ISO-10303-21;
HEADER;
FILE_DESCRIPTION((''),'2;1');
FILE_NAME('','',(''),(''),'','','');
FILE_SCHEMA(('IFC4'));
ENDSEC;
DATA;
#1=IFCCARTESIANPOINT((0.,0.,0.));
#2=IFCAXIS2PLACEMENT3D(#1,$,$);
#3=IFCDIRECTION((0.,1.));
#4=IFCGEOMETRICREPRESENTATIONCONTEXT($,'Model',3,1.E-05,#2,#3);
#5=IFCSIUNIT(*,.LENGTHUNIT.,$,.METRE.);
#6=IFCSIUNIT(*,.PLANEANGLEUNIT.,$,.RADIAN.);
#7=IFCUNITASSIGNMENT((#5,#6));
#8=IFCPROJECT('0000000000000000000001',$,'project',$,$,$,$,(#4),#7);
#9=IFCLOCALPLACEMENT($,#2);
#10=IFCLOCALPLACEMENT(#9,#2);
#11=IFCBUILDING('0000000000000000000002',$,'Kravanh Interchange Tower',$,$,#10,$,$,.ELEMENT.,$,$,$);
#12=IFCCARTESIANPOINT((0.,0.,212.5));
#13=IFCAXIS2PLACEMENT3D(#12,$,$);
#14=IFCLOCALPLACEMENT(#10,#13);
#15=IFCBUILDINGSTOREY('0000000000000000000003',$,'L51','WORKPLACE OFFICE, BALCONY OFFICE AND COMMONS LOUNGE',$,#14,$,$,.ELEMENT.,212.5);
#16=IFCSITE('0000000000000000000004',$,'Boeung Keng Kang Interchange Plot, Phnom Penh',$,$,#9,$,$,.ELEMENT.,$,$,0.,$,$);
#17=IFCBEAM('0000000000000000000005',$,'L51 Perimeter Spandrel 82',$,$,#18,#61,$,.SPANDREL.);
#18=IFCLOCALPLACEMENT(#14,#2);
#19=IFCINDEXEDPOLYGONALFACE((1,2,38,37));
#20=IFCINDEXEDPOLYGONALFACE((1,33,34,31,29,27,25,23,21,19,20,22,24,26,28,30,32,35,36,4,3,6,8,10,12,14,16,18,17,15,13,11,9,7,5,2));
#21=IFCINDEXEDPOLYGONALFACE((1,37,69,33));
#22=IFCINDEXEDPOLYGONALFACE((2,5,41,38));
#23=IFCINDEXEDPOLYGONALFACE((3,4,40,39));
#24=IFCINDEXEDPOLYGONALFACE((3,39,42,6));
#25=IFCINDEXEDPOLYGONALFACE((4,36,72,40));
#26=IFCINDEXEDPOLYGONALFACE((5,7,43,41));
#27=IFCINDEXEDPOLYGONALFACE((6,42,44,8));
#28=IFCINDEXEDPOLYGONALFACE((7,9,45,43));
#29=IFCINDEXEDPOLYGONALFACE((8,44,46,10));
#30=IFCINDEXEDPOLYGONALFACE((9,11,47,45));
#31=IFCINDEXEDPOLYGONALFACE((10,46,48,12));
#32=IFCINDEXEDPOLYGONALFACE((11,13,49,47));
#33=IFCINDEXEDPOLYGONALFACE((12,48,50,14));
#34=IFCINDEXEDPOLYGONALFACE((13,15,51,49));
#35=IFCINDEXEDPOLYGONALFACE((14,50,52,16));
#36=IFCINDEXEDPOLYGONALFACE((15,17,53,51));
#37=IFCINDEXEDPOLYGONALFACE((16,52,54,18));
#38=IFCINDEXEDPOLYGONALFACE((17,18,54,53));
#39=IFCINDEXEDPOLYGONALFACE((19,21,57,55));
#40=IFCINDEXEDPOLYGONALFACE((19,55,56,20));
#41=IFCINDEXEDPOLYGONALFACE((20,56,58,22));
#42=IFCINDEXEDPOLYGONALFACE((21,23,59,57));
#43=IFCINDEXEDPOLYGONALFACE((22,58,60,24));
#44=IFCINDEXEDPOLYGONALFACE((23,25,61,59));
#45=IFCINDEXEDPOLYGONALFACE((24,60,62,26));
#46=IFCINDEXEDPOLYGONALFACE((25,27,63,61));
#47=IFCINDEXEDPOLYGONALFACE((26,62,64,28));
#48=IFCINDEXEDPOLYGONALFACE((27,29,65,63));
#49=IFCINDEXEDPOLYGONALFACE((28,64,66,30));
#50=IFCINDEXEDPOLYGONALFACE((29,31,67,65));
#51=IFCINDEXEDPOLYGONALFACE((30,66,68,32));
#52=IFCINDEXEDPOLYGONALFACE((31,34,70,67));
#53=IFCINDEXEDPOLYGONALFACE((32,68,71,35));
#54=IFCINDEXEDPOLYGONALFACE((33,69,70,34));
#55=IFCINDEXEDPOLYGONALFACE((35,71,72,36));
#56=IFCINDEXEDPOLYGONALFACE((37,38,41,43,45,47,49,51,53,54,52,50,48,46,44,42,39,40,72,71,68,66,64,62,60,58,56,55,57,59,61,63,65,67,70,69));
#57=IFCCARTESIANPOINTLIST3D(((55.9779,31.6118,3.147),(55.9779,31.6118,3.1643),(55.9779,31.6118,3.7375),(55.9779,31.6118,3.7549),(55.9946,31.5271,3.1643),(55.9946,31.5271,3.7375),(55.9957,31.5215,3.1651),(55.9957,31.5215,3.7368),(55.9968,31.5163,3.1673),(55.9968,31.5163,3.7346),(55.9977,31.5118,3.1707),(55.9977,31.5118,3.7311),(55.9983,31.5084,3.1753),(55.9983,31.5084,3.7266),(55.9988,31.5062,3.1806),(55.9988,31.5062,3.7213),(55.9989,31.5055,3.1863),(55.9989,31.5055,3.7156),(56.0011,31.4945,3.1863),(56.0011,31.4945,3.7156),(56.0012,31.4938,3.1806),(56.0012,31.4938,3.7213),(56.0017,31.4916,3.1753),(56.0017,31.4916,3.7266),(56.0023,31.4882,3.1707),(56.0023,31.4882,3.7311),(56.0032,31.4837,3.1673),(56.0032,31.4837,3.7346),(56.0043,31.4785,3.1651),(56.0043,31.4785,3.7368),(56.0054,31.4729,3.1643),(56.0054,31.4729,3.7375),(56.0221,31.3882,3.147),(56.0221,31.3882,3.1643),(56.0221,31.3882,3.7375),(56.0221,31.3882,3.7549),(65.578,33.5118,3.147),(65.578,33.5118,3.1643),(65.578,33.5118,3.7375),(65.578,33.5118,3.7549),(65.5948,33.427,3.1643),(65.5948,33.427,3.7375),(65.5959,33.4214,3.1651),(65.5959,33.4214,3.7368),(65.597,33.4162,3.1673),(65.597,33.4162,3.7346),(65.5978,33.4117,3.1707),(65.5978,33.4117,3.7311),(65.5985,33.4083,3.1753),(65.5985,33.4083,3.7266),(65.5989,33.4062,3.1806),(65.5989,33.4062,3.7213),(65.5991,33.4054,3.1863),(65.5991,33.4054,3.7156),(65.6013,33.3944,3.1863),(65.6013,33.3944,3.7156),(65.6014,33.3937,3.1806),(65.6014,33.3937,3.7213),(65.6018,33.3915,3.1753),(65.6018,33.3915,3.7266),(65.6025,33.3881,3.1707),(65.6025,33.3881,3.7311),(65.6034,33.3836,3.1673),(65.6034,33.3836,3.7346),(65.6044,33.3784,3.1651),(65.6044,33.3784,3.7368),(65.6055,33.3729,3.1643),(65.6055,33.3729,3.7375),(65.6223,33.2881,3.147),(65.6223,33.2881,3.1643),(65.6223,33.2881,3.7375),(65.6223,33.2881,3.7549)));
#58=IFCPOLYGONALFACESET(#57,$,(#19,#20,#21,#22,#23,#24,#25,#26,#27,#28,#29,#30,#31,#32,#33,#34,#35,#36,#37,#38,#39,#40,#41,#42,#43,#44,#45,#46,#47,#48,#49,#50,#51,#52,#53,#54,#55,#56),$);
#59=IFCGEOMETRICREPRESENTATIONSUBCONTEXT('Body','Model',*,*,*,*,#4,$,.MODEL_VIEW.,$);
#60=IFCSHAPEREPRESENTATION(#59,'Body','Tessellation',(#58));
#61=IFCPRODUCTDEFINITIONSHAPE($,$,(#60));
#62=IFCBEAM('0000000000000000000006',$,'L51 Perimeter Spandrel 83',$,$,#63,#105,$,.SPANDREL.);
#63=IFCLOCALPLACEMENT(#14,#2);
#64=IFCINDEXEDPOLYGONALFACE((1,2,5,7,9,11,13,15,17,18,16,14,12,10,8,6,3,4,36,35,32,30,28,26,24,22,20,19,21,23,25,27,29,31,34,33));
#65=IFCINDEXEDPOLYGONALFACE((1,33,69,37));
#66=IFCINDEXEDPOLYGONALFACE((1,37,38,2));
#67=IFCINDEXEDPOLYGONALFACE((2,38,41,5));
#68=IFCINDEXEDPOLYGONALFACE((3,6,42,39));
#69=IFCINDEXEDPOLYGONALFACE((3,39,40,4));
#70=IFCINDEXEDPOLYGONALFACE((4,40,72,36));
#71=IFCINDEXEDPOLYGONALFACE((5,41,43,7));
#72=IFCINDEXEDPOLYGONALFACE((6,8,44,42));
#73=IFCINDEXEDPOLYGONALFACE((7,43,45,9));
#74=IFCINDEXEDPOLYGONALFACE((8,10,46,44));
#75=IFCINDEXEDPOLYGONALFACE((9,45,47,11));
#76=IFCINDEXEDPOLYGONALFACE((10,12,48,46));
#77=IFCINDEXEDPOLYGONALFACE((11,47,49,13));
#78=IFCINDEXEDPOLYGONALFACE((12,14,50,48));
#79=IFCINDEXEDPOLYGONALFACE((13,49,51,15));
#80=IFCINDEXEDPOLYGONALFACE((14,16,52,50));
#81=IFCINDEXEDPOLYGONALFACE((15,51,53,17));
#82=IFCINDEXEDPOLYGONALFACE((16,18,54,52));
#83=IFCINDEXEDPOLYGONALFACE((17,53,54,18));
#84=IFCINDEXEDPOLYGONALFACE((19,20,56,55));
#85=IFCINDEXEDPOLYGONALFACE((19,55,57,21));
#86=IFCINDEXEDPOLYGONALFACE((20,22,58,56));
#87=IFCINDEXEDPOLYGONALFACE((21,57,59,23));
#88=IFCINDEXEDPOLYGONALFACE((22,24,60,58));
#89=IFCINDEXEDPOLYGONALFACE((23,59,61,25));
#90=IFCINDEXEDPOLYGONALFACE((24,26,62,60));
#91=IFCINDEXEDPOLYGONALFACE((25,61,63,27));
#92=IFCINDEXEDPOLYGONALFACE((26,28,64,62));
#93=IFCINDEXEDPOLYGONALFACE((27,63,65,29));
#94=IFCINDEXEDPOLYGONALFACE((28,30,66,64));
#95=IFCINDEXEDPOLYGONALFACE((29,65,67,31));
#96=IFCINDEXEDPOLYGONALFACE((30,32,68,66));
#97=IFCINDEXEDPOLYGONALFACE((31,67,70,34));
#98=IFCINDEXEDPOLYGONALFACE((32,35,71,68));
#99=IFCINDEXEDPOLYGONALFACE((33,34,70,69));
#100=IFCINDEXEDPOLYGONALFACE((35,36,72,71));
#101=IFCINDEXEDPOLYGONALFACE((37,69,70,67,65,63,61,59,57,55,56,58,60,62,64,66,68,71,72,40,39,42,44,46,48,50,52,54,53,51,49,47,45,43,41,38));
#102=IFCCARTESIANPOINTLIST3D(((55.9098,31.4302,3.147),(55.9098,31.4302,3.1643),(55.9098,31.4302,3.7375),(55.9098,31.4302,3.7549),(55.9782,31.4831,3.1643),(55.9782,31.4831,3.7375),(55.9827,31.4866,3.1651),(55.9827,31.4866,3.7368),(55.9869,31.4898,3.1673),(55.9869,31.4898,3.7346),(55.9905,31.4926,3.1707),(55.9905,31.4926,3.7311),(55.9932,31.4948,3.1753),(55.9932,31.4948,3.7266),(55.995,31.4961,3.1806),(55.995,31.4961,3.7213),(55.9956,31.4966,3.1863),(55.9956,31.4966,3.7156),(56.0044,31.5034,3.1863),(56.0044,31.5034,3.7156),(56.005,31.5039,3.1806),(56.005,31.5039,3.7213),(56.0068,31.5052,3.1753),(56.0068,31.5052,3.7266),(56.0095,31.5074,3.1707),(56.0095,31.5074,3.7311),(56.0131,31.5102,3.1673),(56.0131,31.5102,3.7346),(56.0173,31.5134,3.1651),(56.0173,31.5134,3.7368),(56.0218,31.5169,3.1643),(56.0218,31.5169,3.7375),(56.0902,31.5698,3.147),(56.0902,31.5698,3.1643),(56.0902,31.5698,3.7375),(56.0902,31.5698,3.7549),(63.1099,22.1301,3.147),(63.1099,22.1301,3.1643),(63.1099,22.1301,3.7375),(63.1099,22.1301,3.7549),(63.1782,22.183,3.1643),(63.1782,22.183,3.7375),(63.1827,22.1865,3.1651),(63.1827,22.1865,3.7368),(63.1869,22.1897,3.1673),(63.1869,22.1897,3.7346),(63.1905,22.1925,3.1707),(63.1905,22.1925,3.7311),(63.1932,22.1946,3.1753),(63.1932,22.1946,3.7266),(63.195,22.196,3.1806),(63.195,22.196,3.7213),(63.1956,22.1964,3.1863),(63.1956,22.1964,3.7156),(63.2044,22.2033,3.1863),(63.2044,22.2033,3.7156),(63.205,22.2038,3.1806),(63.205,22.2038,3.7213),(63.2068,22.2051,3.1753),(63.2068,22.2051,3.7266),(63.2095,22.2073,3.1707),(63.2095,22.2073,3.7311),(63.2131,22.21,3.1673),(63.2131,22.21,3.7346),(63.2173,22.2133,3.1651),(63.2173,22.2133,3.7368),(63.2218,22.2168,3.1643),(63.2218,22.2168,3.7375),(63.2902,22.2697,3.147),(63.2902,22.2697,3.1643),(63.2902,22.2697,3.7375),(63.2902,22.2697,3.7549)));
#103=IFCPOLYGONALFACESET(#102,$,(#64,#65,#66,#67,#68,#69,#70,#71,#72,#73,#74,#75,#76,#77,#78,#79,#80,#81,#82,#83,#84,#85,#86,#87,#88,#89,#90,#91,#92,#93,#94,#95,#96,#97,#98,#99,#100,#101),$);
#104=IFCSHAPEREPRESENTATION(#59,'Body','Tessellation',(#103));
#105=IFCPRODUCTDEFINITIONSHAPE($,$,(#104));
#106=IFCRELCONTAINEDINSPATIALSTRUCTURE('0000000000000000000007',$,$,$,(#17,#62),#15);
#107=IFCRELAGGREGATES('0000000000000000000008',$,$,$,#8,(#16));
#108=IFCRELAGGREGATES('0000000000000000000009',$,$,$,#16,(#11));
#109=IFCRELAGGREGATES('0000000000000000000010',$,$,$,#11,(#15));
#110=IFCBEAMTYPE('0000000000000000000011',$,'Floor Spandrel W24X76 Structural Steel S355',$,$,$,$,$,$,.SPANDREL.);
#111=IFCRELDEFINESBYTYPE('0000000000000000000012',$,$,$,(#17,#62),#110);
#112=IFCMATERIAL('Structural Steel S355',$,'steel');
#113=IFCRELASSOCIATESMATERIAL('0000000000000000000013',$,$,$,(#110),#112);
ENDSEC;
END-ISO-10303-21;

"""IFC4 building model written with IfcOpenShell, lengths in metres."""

from ifc_helpers import new_model, si_unit, direction, frame, origin, origin_2d, place, context, subcontext, project, spatial, i_section, extrude, material, material_profile, profile_set, type_object, element, save


model = new_model("IFC4")

# Units and contexts
model_context = context("Model", 3, precision=1e-05, world=origin(), true_north=direction((0.0, 1.0)))
body_context = subcontext(model_context, "Body", "Model", "MODEL_VIEW")
ifc_project = project(units=[si_unit("LENGTHUNIT", "METRE"), si_unit("PLANEANGLEUNIT", "RADIAN")], contexts=[model_context])

# Site, building, storey
site_placement = place(None, origin())
site = spatial("IfcSite", under=ifc_project, at=site_placement, Name="Boeung Keng Kang Interchange Plot, Phnom Penh", CompositionType="ELEMENT", RefElevation=0.0)
building_placement = place(site_placement, origin())
building = spatial("IfcBuilding", under=site, at=building_placement, Name="Kravanh Interchange Tower", CompositionType="ELEMENT")
storey_placement = place(building_placement, frame((0.0, 0.0, 212.5)))
storey = spatial("IfcBuildingStorey", under=building, at=storey_placement, Name="L51", Description="WORKPLACE OFFICE, BALCONY OFFICE AND COMMONS LOUNGE", CompositionType="ELEMENT", Elevation=212.5)

# Beams
ifc_material_1 = material(Name="Structural Steel S355", Category="steel")
ifc_material_profile_1 = material_profile(ifc_material_1, i_section(OverallWidth=0.228, OverallDepth=0.6079, WebThickness=0.0112, FlangeThickness=0.0173, FilletRadius=0.022, at=origin_2d()), Name="W24X76")
ifc_profile_set_1 = profile_set([ifc_material_profile_1], Name="Structural Steel S355")
beam_type_1 = type_object("IfcBeamType", Name="Floor Spandrel W24X76 Structural Steel S355", PredefinedType="SPANDREL", material=ifc_profile_set_1)
beam_1_placement = place(storey_placement, frame((56.0, 31.5, 3.4509), z_axis=(0.980974, 0.194139, 0.0), x_axis=(-0.194139, 0.980974, 0.0)))
element("IfcBeam", 1, at=beam_1_placement, inside=storey, type_object=beam_type_1, Name="L51 Perimeter Spandrel 82", PredefinedType="SPANDREL", context=body_context, shape_type="SweptSolid", body=[
    extrude(i_section(OverallWidth=0.228, OverallDepth=0.6079, WebThickness=0.0112, FlangeThickness=0.0173, FilletRadius=0.022, at=origin_2d()), origin(), (0.0, 0.0, 1.0), 9.7864),
])
beam_2_placement = place(storey_placement, frame((56.0, 31.5, 3.4509), z_axis=(0.612169, -0.790727, 0.0), x_axis=(0.790727, 0.612169, 0.0)))
element("IfcBeam", 2, at=beam_2_placement, inside=storey, type_object=beam_type_1, Name="L51 Perimeter Spandrel 83", PredefinedType="SPANDREL", context=body_context, shape_type="SweptSolid", body=[
    extrude(i_section(OverallWidth=0.228, OverallDepth=0.6079, WebThickness=0.0112, FlangeThickness=0.0173, FilletRadius=0.022, at=origin_2d()), origin(), (0.0, 0.0, 1.0), 11.7615),
])

save(model, "model.ifc")
